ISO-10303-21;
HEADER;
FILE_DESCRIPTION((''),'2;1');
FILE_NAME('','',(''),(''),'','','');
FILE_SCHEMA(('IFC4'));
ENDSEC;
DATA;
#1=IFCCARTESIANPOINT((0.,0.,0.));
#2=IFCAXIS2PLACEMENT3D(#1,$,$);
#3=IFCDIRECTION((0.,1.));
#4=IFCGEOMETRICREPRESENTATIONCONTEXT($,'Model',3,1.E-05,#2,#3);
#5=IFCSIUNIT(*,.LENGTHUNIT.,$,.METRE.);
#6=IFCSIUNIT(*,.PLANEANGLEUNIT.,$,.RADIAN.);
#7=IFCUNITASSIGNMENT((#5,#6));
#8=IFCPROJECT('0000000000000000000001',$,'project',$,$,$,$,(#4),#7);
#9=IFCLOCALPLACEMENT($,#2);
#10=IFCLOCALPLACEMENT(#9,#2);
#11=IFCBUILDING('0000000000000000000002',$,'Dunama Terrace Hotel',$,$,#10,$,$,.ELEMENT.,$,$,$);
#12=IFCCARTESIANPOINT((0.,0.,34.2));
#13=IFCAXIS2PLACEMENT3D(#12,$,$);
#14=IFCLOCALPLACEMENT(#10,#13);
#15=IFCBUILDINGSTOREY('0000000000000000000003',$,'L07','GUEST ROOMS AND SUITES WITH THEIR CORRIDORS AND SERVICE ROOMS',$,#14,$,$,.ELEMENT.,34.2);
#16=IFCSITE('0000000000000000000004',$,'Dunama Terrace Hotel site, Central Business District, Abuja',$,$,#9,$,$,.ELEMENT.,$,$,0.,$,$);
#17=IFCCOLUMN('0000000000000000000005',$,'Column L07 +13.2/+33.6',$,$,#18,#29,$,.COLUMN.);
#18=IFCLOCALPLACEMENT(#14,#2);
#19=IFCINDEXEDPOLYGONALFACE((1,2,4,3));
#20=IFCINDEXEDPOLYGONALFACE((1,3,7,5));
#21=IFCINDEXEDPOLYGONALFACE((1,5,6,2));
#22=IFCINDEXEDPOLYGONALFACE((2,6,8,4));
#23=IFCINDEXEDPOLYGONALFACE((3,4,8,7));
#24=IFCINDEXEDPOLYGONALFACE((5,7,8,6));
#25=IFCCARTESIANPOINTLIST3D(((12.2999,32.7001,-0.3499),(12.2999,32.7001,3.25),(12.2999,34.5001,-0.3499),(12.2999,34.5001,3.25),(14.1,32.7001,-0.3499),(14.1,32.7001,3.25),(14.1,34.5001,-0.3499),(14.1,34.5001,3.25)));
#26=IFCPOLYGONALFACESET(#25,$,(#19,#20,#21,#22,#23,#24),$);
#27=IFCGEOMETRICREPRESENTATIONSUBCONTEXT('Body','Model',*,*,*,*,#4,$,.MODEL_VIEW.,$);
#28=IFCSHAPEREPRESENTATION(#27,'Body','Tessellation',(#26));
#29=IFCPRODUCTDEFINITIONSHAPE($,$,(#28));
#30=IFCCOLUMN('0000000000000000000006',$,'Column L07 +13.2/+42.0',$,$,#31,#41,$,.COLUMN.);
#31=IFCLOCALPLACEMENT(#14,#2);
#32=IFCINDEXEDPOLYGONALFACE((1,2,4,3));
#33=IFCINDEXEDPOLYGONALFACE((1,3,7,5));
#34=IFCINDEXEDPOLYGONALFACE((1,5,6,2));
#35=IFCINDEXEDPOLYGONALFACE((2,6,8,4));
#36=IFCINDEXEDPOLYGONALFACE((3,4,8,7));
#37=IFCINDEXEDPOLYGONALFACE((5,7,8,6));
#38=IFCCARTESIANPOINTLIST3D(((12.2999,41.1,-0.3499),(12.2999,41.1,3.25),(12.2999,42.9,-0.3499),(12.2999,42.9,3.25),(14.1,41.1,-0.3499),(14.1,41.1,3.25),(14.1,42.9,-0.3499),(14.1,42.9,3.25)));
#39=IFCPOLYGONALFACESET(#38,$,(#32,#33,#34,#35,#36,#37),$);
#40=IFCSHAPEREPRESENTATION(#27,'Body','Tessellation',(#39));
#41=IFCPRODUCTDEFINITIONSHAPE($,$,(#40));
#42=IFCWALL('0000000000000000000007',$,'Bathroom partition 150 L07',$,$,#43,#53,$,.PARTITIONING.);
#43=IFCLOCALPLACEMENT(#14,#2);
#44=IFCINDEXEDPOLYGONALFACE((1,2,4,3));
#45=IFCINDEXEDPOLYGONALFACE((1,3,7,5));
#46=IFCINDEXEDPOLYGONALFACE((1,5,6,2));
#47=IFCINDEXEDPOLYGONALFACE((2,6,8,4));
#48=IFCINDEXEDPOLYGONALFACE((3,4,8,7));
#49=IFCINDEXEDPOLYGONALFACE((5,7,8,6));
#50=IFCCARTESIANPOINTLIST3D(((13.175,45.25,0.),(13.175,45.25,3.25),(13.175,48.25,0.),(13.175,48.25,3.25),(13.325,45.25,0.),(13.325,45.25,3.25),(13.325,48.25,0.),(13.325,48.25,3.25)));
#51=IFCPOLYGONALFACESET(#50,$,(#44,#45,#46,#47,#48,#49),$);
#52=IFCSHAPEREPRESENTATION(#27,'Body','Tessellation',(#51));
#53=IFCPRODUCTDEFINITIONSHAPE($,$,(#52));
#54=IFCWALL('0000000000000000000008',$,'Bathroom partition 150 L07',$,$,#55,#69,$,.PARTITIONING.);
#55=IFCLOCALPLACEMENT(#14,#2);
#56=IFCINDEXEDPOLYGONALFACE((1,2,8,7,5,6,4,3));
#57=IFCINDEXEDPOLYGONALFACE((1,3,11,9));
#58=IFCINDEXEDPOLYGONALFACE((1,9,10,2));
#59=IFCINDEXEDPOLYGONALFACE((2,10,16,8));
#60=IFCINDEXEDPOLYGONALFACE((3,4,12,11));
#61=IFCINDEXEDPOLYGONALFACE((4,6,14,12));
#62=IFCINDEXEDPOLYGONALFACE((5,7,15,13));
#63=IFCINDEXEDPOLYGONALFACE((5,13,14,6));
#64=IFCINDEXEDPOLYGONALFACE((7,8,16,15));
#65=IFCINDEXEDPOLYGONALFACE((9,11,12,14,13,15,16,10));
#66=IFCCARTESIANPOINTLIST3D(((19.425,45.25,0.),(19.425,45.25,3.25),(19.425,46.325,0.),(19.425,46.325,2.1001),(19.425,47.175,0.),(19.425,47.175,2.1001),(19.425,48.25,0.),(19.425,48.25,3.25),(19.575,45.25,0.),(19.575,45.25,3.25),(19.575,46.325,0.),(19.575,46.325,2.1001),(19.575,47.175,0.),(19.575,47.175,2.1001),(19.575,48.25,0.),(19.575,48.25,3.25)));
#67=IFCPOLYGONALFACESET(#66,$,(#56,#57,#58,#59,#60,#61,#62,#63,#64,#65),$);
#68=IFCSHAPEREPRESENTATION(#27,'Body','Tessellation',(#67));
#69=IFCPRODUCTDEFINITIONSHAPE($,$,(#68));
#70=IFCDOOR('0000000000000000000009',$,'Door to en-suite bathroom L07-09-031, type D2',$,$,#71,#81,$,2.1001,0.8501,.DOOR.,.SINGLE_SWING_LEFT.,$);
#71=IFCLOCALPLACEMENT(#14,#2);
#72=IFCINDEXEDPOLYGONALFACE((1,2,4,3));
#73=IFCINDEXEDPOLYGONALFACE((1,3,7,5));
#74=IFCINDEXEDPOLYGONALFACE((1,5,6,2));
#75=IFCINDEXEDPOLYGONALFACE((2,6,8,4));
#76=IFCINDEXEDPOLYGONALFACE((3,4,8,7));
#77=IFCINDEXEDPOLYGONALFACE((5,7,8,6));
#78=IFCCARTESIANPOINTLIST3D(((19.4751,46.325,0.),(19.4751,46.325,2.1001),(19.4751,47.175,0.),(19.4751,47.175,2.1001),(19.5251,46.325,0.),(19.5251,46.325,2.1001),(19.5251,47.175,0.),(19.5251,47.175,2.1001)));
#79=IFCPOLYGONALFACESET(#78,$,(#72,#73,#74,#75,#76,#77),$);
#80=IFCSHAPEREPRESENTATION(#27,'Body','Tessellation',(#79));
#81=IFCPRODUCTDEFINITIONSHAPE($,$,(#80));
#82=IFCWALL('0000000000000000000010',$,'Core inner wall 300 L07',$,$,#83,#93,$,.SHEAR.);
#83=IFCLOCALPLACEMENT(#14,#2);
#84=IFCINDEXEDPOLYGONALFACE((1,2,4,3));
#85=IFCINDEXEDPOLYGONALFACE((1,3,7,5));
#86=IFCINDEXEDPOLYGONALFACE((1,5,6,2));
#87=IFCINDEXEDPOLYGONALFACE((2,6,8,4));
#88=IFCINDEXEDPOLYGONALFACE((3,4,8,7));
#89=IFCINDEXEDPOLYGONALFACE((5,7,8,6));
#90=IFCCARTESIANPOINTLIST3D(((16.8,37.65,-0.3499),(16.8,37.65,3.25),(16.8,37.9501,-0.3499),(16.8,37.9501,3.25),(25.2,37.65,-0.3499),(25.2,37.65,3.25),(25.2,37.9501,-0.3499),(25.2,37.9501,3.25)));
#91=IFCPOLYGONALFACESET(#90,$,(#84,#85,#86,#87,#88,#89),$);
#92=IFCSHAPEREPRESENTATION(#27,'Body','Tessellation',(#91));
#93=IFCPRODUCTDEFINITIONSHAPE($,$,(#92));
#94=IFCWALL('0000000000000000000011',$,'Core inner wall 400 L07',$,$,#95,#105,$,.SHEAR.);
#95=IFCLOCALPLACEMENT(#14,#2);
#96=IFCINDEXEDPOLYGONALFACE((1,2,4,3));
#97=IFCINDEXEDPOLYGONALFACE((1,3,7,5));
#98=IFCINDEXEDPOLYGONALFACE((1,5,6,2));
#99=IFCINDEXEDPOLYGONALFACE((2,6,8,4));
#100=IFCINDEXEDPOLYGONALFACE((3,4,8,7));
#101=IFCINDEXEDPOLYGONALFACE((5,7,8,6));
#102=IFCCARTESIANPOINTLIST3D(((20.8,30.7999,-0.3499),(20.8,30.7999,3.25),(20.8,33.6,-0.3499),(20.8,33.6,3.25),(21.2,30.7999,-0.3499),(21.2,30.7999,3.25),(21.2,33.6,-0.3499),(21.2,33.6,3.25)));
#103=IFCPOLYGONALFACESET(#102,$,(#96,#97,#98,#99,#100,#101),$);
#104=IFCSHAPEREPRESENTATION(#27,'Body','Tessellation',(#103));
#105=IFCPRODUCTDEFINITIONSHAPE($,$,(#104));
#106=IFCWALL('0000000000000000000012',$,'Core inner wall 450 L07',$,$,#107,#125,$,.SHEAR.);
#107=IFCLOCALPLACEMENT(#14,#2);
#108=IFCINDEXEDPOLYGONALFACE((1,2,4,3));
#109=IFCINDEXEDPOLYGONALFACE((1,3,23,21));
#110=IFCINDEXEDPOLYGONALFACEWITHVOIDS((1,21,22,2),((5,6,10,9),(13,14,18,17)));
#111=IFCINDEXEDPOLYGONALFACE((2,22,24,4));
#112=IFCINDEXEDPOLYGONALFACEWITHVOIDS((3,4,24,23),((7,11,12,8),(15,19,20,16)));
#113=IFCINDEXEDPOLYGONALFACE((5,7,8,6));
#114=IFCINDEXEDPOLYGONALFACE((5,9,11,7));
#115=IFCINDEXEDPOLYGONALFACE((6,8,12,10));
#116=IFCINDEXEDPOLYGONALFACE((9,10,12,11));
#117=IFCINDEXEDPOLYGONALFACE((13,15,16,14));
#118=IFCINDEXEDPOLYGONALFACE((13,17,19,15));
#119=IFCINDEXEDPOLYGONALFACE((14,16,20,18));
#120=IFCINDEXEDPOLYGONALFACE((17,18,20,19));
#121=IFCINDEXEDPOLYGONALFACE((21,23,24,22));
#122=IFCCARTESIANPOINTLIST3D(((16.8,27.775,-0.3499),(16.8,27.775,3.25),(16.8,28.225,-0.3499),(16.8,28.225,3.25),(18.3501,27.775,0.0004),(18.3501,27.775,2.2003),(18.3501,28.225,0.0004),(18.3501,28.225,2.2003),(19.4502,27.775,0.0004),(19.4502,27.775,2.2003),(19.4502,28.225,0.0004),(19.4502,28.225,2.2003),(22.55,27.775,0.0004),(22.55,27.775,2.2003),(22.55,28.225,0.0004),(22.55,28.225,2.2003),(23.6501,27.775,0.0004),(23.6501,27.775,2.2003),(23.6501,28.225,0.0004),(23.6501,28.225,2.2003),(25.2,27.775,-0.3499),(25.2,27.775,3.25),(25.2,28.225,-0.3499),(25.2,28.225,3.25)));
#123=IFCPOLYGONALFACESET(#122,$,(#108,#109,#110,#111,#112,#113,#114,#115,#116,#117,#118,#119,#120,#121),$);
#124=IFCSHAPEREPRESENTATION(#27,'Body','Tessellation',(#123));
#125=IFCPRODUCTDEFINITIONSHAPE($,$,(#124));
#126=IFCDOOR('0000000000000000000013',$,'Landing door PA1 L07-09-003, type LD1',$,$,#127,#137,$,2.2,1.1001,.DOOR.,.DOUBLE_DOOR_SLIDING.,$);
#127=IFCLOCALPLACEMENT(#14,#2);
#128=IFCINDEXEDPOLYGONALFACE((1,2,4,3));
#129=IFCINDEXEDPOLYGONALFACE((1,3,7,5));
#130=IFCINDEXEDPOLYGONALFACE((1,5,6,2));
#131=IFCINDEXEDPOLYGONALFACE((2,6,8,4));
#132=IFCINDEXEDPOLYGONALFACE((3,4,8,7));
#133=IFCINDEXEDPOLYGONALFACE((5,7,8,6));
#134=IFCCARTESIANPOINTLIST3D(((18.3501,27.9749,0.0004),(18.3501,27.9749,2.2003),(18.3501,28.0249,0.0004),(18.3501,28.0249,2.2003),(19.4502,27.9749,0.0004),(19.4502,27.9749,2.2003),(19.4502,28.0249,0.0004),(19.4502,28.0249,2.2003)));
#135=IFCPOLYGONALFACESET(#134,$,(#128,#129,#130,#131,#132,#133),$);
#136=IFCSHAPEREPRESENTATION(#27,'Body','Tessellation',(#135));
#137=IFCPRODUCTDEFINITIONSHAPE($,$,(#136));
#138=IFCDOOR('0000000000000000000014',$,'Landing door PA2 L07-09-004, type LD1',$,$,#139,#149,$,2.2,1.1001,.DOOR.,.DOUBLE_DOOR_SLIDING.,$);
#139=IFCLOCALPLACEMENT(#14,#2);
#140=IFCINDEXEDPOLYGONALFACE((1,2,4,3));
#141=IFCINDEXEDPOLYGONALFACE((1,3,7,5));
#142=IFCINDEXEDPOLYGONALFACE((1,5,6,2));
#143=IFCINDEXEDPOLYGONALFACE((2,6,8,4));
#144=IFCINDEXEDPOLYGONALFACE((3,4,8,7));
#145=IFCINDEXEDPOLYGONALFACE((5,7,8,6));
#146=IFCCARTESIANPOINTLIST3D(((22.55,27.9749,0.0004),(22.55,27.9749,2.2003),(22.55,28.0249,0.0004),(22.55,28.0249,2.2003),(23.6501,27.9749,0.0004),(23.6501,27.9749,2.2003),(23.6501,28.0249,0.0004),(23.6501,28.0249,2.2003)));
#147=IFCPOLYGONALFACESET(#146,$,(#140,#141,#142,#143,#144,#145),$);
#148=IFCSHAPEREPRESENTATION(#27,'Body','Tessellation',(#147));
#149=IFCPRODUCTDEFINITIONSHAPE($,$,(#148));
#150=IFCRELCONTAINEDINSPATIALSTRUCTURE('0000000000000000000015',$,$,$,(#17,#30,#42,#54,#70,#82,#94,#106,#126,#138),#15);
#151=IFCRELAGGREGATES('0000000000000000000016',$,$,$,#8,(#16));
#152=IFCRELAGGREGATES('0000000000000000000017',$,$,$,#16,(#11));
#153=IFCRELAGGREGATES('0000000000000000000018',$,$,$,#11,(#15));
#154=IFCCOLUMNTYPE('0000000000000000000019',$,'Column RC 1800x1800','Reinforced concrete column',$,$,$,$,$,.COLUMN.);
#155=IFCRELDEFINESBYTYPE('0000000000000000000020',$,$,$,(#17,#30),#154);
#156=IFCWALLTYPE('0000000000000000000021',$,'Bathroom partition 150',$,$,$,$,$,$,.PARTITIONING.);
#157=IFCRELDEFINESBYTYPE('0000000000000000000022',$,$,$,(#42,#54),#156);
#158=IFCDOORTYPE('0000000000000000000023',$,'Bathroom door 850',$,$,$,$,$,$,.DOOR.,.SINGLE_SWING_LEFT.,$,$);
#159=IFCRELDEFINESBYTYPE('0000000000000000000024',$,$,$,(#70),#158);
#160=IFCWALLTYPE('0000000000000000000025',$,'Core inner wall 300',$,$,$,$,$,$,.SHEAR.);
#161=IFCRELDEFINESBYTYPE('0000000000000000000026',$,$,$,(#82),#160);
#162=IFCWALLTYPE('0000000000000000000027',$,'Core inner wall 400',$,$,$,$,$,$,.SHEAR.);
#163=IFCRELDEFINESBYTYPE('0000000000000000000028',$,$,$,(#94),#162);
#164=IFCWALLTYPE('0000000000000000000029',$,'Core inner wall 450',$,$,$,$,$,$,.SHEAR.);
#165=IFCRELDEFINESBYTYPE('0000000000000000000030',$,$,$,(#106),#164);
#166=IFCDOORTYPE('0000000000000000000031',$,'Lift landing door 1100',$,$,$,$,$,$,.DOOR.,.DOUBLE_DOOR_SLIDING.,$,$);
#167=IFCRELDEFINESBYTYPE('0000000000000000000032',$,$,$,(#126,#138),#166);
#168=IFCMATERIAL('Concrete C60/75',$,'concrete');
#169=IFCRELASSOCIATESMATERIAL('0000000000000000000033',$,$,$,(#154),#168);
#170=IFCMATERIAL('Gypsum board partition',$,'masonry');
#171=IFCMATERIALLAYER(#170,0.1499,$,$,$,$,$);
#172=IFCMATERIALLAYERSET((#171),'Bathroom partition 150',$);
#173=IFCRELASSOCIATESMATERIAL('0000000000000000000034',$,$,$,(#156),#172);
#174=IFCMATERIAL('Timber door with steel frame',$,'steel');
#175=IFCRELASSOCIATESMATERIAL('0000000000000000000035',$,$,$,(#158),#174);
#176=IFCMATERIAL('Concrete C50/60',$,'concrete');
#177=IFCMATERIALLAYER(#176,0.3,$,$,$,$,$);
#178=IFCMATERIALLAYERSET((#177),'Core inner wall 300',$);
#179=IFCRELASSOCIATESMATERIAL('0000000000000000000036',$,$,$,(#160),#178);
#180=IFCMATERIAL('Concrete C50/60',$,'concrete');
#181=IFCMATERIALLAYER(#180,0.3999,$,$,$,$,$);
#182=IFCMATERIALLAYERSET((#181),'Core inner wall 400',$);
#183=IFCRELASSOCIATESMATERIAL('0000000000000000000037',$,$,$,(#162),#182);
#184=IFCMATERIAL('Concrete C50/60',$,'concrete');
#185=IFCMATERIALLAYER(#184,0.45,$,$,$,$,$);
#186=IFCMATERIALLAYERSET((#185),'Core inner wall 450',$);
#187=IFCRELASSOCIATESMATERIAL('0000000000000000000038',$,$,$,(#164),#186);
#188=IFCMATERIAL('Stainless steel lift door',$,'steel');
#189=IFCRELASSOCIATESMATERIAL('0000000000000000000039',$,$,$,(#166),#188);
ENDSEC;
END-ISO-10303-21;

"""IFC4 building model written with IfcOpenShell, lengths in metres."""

from ifc_helpers import new_model, si_unit, direction, frame, frame_2d, origin, origin_2d, place, context, subcontext, project, spatial, rectangle, extrude, material, layer, layer_set, material_profile, profile_set, type_object, element, fill, save


model = new_model("IFC4")

# Units and contexts
model_context = context("Model", 3, precision=1e-05, world=origin(), true_north=direction((0.0, 1.0)))
body_context = subcontext(model_context, "Body", "Model", "MODEL_VIEW")
ifc_project = project(units=[si_unit("LENGTHUNIT", "METRE"), si_unit("PLANEANGLEUNIT", "RADIAN")], contexts=[model_context])

# Site, building, storey
site_placement = place(None, origin())
site = spatial("IfcSite", under=ifc_project, at=site_placement, Name="Dunama Terrace Hotel site, Central Business District, Abuja", CompositionType="ELEMENT", RefElevation=0.0)
building_placement = place(site_placement, origin())
building = spatial("IfcBuilding", under=site, at=building_placement, Name="Dunama Terrace Hotel", CompositionType="ELEMENT")
storey_placement = place(building_placement, frame((0.0, 0.0, 34.2)))
storey = spatial("IfcBuildingStorey", under=building, at=storey_placement, Name="L07", Description="GUEST ROOMS AND SUITES WITH THEIR CORRIDORS AND SERVICE ROOMS", CompositionType="ELEMENT", Elevation=34.2)

# Columns
ifc_material_1 = material(Name="Concrete C60/75", Category="concrete")
ifc_material_profile = material_profile(ifc_material_1, rectangle(XDim=1.8, YDim=1.8, at=origin_2d()), Name="RC 1800x1800")
ifc_profile_set = profile_set([ifc_material_profile], Name="Concrete C60/75")
column_type = type_object("IfcColumnType", Name="Column RC 1800x1800", Description="Reinforced concrete column", PredefinedType="COLUMN", material=ifc_profile_set)
for number, where, z_axis, x_axis, name in (
    (1, (13.2, 33.6001, -0.3499), (0.0, 0.0, 1.0), (1.0, 0.0, 0.0), "Column L07 +13.2/+33.6"),
    (2, (13.2, 42.0, -0.3499), (0.0, 0.0, 1.0), (1.0, 0.0, 0.0), "Column L07 +13.2/+42.0"),
):
    element("IfcColumn", number, at=place(storey_placement, frame(where, z_axis=z_axis, x_axis=x_axis)), inside=storey, type_object=column_type, Name=name, PredefinedType="COLUMN", context=body_context, shape_type="SweptSolid", body=[
        extrude(rectangle(XDim=1.8, YDim=1.8, at=origin_2d()), origin(), (0.0, 0.0, 1.0), 3.5999),
    ])

# Wall
ifc_material_2 = material(Name="Gypsum board partition", Category="masonry")
ifc_layer_1 = layer(ifc_material_2, 0.1499)
ifc_layer_set_1 = layer_set([ifc_layer_1], Name="Bathroom partition 150")
wall_type_1 = type_object("IfcWallType", Name="Bathroom partition 150", PredefinedType="PARTITIONING", material=ifc_layer_set_1)
wall_1_placement = place(storey_placement, frame((13.25, 45.25, 0.0), z_axis=(0.0, 0.0, 1.0), x_axis=(0.0, 1.0, 0.0)))
element("IfcWall", 3, at=wall_1_placement, inside=storey, type_object=wall_type_1, Name="Bathroom partition 150 L07", PredefinedType="PARTITIONING", context=body_context, shape_type="SweptSolid", body=[
    extrude(rectangle(XDim=3.0, YDim=0.1499, at=frame_2d((1.5, 0.0))), origin(), (0.0, 0.0, 1.0), 3.25),
])

# Wall, opening, door
wall_2_placement = place(storey_placement, frame((19.5, 45.25, 0.0), z_axis=(0.0, 0.0, 1.0), x_axis=(0.0, 1.0, 0.0)))
wall_2 = element("IfcWall", 4, at=wall_2_placement, inside=storey, type_object=wall_type_1, Name="Bathroom partition 150 L07", PredefinedType="PARTITIONING", context=body_context, shape_type="SweptSolid", body=[
    extrude(rectangle(XDim=3.0, YDim=0.1499, at=frame_2d((1.5, 0.0))), origin(), (0.0, 0.0, 1.0), 3.25),
])
opening_1_placement = place(wall_2_placement, frame((1.075, 0.0, 0.0)))
opening_1 = element("IfcOpeningElement", 5, at=opening_1_placement, cuts=wall_2, PredefinedType="OPENING", context=body_context, shape_type="SweptSolid", body=[
    extrude(rectangle(XDim=0.8501, YDim=2.1001, at=frame_2d((0.425, 1.05))), frame((0.0, 0.085, 0.0), z_axis=(0.0, -1.0, 0.0), x_axis=(1.0, 0.0, 0.0)), (0.0, 0.0, 1.0), 0.1699),
])
ifc_material_3 = material(Name="Timber door with steel frame", Category="steel")
door_type_1 = type_object("IfcDoorType", Name="Bathroom door 850", OperationType="SINGLE_SWING_LEFT", PredefinedType="DOOR", material=ifc_material_3)
door_1_placement = place(opening_1_placement, origin())
door_1 = element("IfcDoor", 6, at=door_1_placement, inside=storey, type_object=door_type_1, Name="Door to en-suite bathroom L07-09-031, type D2", OperationType="SINGLE_SWING_LEFT", OverallHeight=2.1001, OverallWidth=0.8501, PredefinedType="DOOR", context=body_context, shape_type="SweptSolid", body=[
    extrude(rectangle(XDim=0.8501, YDim=2.1001, at=frame_2d((0.425, 1.05))), frame((0.0, 0.0249, 0.0), z_axis=(0.0, -1.0, 0.0), x_axis=(1.0, 0.0, 0.0)), (0.0, 0.0, 1.0), 0.05),
])
fill(opening_1, door_1)

# Walls
ifc_material_4 = material(Name="Concrete C50/60", Category="concrete")
ifc_layer_2 = layer(ifc_material_4, 0.3)
ifc_layer_set_2 = layer_set([ifc_layer_2], Name="Core inner wall 300")
wall_type_2 = type_object("IfcWallType", Name="Core inner wall 300", PredefinedType="SHEAR", material=ifc_layer_set_2)
wall_3_placement = place(storey_placement, frame((16.8, 37.8, -0.3499), z_axis=(0.0, 0.0, 1.0), x_axis=(1.0, 0.0, 0.0)))
element("IfcWall", 7, at=wall_3_placement, inside=storey, type_object=wall_type_2, Name="Core inner wall 300 L07", PredefinedType="SHEAR", context=body_context, shape_type="SweptSolid", body=[
    extrude(rectangle(XDim=8.3999, YDim=0.3, at=frame_2d((4.2, 0.0))), origin(), (0.0, 0.0, 1.0), 3.5999),
])
ifc_material_5 = material(Name="Concrete C50/60", Category="concrete")
ifc_layer_3 = layer(ifc_material_5, 0.3999)
ifc_layer_set_3 = layer_set([ifc_layer_3], Name="Core inner wall 400")
wall_type_3 = type_object("IfcWallType", Name="Core inner wall 400", PredefinedType="SHEAR", material=ifc_layer_set_3)
wall_4_placement = place(storey_placement, frame((21.0, 30.8, -0.3499), z_axis=(0.0, 0.0, 1.0), x_axis=(0.0, 1.0, 0.0)))
element("IfcWall", 8, at=wall_4_placement, inside=storey, type_object=wall_type_3, Name="Core inner wall 400 L07", PredefinedType="SHEAR", context=body_context, shape_type="SweptSolid", body=[
    extrude(rectangle(XDim=2.8, YDim=0.3999, at=frame_2d((1.3999, 0.0))), origin(), (0.0, 0.0, 1.0), 3.5999),
])

# Wall, openings, doors
ifc_material_6 = material(Name="Concrete C50/60", Category="concrete")
ifc_layer_4 = layer(ifc_material_6, 0.45)
ifc_layer_set_4 = layer_set([ifc_layer_4], Name="Core inner wall 450")
wall_type_4 = type_object("IfcWallType", Name="Core inner wall 450", PredefinedType="SHEAR", material=ifc_layer_set_4)
wall_5_placement = place(storey_placement, frame((16.8, 28.0, -0.3499), z_axis=(0.0, 0.0, 1.0), x_axis=(1.0, 0.0, 0.0)))
wall_5 = element("IfcWall", 9, at=wall_5_placement, inside=storey, type_object=wall_type_4, Name="Core inner wall 450 L07", PredefinedType="SHEAR", context=body_context, shape_type="SweptSolid", body=[
    extrude(rectangle(XDim=8.3999, YDim=0.45, at=frame_2d((4.2, 0.0))), origin(), (0.0, 0.0, 1.0), 3.5999),
])
opening_2_placement = place(wall_5_placement, frame((1.55, 0.0, 0.3501)))
opening_2 = element("IfcOpeningElement", 10, at=opening_2_placement, cuts=wall_5, PredefinedType="OPENING", context=body_context, shape_type="SweptSolid", body=[
    extrude(rectangle(XDim=1.1001, YDim=2.2, at=frame_2d((0.55, 1.1001))), frame((0.0, 0.2349, 0.0), z_axis=(0.0, -1.0, 0.0), x_axis=(1.0, 0.0, 0.0)), (0.0, 0.0, 1.0), 0.47),
])
opening_3_placement = place(wall_5_placement, frame((5.75, 0.0, 0.3501)))
opening_3 = element("IfcOpeningElement", 11, at=opening_3_placement, cuts=wall_5, PredefinedType="OPENING", context=body_context, shape_type="SweptSolid", body=[
    extrude(rectangle(XDim=1.1001, YDim=2.2, at=frame_2d((0.55, 1.1001))), frame((0.0, 0.2349, 0.0), z_axis=(0.0, -1.0, 0.0), x_axis=(1.0, 0.0, 0.0)), (0.0, 0.0, 1.0), 0.47),
])
ifc_material_7 = material(Name="Stainless steel lift door", Category="steel")
door_type_2 = type_object("IfcDoorType", Name="Lift landing door 1100", OperationType="DOUBLE_DOOR_SLIDING", PredefinedType="DOOR", material=ifc_material_7)
door_2_placement = place(opening_2_placement, origin())
door_2 = element("IfcDoor", 12, at=door_2_placement, inside=storey, type_object=door_type_2, Name="Landing door PA1 L07-09-003, type LD1", OperationType="DOUBLE_DOOR_SLIDING", OverallHeight=2.2, OverallWidth=1.1001, PredefinedType="DOOR", context=body_context, shape_type="SweptSolid", body=[
    extrude(rectangle(XDim=1.1001, YDim=2.2, at=frame_2d((0.55, 1.1001))), frame((0.0, 0.0249, 0.0), z_axis=(0.0, -1.0, 0.0), x_axis=(1.0, 0.0, 0.0)), (0.0, 0.0, 1.0), 0.05),
])
fill(opening_2, door_2)
door_3_placement = place(opening_3_placement, origin())
door_3 = element("IfcDoor", 13, at=door_3_placement, inside=storey, type_object=door_type_2, Name="Landing door PA2 L07-09-004, type LD1", OperationType="DOUBLE_DOOR_SLIDING", OverallHeight=2.2, OverallWidth=1.1001, PredefinedType="DOOR", context=body_context, shape_type="SweptSolid", body=[
    extrude(rectangle(XDim=1.1001, YDim=2.2, at=frame_2d((0.55, 1.1001))), frame((0.0, 0.0249, 0.0), z_axis=(0.0, -1.0, 0.0), x_axis=(1.0, 0.0, 0.0)), (0.0, 0.0, 1.0), 0.05),
])
fill(opening_3, door_3)

save(model, "model.ifc")
